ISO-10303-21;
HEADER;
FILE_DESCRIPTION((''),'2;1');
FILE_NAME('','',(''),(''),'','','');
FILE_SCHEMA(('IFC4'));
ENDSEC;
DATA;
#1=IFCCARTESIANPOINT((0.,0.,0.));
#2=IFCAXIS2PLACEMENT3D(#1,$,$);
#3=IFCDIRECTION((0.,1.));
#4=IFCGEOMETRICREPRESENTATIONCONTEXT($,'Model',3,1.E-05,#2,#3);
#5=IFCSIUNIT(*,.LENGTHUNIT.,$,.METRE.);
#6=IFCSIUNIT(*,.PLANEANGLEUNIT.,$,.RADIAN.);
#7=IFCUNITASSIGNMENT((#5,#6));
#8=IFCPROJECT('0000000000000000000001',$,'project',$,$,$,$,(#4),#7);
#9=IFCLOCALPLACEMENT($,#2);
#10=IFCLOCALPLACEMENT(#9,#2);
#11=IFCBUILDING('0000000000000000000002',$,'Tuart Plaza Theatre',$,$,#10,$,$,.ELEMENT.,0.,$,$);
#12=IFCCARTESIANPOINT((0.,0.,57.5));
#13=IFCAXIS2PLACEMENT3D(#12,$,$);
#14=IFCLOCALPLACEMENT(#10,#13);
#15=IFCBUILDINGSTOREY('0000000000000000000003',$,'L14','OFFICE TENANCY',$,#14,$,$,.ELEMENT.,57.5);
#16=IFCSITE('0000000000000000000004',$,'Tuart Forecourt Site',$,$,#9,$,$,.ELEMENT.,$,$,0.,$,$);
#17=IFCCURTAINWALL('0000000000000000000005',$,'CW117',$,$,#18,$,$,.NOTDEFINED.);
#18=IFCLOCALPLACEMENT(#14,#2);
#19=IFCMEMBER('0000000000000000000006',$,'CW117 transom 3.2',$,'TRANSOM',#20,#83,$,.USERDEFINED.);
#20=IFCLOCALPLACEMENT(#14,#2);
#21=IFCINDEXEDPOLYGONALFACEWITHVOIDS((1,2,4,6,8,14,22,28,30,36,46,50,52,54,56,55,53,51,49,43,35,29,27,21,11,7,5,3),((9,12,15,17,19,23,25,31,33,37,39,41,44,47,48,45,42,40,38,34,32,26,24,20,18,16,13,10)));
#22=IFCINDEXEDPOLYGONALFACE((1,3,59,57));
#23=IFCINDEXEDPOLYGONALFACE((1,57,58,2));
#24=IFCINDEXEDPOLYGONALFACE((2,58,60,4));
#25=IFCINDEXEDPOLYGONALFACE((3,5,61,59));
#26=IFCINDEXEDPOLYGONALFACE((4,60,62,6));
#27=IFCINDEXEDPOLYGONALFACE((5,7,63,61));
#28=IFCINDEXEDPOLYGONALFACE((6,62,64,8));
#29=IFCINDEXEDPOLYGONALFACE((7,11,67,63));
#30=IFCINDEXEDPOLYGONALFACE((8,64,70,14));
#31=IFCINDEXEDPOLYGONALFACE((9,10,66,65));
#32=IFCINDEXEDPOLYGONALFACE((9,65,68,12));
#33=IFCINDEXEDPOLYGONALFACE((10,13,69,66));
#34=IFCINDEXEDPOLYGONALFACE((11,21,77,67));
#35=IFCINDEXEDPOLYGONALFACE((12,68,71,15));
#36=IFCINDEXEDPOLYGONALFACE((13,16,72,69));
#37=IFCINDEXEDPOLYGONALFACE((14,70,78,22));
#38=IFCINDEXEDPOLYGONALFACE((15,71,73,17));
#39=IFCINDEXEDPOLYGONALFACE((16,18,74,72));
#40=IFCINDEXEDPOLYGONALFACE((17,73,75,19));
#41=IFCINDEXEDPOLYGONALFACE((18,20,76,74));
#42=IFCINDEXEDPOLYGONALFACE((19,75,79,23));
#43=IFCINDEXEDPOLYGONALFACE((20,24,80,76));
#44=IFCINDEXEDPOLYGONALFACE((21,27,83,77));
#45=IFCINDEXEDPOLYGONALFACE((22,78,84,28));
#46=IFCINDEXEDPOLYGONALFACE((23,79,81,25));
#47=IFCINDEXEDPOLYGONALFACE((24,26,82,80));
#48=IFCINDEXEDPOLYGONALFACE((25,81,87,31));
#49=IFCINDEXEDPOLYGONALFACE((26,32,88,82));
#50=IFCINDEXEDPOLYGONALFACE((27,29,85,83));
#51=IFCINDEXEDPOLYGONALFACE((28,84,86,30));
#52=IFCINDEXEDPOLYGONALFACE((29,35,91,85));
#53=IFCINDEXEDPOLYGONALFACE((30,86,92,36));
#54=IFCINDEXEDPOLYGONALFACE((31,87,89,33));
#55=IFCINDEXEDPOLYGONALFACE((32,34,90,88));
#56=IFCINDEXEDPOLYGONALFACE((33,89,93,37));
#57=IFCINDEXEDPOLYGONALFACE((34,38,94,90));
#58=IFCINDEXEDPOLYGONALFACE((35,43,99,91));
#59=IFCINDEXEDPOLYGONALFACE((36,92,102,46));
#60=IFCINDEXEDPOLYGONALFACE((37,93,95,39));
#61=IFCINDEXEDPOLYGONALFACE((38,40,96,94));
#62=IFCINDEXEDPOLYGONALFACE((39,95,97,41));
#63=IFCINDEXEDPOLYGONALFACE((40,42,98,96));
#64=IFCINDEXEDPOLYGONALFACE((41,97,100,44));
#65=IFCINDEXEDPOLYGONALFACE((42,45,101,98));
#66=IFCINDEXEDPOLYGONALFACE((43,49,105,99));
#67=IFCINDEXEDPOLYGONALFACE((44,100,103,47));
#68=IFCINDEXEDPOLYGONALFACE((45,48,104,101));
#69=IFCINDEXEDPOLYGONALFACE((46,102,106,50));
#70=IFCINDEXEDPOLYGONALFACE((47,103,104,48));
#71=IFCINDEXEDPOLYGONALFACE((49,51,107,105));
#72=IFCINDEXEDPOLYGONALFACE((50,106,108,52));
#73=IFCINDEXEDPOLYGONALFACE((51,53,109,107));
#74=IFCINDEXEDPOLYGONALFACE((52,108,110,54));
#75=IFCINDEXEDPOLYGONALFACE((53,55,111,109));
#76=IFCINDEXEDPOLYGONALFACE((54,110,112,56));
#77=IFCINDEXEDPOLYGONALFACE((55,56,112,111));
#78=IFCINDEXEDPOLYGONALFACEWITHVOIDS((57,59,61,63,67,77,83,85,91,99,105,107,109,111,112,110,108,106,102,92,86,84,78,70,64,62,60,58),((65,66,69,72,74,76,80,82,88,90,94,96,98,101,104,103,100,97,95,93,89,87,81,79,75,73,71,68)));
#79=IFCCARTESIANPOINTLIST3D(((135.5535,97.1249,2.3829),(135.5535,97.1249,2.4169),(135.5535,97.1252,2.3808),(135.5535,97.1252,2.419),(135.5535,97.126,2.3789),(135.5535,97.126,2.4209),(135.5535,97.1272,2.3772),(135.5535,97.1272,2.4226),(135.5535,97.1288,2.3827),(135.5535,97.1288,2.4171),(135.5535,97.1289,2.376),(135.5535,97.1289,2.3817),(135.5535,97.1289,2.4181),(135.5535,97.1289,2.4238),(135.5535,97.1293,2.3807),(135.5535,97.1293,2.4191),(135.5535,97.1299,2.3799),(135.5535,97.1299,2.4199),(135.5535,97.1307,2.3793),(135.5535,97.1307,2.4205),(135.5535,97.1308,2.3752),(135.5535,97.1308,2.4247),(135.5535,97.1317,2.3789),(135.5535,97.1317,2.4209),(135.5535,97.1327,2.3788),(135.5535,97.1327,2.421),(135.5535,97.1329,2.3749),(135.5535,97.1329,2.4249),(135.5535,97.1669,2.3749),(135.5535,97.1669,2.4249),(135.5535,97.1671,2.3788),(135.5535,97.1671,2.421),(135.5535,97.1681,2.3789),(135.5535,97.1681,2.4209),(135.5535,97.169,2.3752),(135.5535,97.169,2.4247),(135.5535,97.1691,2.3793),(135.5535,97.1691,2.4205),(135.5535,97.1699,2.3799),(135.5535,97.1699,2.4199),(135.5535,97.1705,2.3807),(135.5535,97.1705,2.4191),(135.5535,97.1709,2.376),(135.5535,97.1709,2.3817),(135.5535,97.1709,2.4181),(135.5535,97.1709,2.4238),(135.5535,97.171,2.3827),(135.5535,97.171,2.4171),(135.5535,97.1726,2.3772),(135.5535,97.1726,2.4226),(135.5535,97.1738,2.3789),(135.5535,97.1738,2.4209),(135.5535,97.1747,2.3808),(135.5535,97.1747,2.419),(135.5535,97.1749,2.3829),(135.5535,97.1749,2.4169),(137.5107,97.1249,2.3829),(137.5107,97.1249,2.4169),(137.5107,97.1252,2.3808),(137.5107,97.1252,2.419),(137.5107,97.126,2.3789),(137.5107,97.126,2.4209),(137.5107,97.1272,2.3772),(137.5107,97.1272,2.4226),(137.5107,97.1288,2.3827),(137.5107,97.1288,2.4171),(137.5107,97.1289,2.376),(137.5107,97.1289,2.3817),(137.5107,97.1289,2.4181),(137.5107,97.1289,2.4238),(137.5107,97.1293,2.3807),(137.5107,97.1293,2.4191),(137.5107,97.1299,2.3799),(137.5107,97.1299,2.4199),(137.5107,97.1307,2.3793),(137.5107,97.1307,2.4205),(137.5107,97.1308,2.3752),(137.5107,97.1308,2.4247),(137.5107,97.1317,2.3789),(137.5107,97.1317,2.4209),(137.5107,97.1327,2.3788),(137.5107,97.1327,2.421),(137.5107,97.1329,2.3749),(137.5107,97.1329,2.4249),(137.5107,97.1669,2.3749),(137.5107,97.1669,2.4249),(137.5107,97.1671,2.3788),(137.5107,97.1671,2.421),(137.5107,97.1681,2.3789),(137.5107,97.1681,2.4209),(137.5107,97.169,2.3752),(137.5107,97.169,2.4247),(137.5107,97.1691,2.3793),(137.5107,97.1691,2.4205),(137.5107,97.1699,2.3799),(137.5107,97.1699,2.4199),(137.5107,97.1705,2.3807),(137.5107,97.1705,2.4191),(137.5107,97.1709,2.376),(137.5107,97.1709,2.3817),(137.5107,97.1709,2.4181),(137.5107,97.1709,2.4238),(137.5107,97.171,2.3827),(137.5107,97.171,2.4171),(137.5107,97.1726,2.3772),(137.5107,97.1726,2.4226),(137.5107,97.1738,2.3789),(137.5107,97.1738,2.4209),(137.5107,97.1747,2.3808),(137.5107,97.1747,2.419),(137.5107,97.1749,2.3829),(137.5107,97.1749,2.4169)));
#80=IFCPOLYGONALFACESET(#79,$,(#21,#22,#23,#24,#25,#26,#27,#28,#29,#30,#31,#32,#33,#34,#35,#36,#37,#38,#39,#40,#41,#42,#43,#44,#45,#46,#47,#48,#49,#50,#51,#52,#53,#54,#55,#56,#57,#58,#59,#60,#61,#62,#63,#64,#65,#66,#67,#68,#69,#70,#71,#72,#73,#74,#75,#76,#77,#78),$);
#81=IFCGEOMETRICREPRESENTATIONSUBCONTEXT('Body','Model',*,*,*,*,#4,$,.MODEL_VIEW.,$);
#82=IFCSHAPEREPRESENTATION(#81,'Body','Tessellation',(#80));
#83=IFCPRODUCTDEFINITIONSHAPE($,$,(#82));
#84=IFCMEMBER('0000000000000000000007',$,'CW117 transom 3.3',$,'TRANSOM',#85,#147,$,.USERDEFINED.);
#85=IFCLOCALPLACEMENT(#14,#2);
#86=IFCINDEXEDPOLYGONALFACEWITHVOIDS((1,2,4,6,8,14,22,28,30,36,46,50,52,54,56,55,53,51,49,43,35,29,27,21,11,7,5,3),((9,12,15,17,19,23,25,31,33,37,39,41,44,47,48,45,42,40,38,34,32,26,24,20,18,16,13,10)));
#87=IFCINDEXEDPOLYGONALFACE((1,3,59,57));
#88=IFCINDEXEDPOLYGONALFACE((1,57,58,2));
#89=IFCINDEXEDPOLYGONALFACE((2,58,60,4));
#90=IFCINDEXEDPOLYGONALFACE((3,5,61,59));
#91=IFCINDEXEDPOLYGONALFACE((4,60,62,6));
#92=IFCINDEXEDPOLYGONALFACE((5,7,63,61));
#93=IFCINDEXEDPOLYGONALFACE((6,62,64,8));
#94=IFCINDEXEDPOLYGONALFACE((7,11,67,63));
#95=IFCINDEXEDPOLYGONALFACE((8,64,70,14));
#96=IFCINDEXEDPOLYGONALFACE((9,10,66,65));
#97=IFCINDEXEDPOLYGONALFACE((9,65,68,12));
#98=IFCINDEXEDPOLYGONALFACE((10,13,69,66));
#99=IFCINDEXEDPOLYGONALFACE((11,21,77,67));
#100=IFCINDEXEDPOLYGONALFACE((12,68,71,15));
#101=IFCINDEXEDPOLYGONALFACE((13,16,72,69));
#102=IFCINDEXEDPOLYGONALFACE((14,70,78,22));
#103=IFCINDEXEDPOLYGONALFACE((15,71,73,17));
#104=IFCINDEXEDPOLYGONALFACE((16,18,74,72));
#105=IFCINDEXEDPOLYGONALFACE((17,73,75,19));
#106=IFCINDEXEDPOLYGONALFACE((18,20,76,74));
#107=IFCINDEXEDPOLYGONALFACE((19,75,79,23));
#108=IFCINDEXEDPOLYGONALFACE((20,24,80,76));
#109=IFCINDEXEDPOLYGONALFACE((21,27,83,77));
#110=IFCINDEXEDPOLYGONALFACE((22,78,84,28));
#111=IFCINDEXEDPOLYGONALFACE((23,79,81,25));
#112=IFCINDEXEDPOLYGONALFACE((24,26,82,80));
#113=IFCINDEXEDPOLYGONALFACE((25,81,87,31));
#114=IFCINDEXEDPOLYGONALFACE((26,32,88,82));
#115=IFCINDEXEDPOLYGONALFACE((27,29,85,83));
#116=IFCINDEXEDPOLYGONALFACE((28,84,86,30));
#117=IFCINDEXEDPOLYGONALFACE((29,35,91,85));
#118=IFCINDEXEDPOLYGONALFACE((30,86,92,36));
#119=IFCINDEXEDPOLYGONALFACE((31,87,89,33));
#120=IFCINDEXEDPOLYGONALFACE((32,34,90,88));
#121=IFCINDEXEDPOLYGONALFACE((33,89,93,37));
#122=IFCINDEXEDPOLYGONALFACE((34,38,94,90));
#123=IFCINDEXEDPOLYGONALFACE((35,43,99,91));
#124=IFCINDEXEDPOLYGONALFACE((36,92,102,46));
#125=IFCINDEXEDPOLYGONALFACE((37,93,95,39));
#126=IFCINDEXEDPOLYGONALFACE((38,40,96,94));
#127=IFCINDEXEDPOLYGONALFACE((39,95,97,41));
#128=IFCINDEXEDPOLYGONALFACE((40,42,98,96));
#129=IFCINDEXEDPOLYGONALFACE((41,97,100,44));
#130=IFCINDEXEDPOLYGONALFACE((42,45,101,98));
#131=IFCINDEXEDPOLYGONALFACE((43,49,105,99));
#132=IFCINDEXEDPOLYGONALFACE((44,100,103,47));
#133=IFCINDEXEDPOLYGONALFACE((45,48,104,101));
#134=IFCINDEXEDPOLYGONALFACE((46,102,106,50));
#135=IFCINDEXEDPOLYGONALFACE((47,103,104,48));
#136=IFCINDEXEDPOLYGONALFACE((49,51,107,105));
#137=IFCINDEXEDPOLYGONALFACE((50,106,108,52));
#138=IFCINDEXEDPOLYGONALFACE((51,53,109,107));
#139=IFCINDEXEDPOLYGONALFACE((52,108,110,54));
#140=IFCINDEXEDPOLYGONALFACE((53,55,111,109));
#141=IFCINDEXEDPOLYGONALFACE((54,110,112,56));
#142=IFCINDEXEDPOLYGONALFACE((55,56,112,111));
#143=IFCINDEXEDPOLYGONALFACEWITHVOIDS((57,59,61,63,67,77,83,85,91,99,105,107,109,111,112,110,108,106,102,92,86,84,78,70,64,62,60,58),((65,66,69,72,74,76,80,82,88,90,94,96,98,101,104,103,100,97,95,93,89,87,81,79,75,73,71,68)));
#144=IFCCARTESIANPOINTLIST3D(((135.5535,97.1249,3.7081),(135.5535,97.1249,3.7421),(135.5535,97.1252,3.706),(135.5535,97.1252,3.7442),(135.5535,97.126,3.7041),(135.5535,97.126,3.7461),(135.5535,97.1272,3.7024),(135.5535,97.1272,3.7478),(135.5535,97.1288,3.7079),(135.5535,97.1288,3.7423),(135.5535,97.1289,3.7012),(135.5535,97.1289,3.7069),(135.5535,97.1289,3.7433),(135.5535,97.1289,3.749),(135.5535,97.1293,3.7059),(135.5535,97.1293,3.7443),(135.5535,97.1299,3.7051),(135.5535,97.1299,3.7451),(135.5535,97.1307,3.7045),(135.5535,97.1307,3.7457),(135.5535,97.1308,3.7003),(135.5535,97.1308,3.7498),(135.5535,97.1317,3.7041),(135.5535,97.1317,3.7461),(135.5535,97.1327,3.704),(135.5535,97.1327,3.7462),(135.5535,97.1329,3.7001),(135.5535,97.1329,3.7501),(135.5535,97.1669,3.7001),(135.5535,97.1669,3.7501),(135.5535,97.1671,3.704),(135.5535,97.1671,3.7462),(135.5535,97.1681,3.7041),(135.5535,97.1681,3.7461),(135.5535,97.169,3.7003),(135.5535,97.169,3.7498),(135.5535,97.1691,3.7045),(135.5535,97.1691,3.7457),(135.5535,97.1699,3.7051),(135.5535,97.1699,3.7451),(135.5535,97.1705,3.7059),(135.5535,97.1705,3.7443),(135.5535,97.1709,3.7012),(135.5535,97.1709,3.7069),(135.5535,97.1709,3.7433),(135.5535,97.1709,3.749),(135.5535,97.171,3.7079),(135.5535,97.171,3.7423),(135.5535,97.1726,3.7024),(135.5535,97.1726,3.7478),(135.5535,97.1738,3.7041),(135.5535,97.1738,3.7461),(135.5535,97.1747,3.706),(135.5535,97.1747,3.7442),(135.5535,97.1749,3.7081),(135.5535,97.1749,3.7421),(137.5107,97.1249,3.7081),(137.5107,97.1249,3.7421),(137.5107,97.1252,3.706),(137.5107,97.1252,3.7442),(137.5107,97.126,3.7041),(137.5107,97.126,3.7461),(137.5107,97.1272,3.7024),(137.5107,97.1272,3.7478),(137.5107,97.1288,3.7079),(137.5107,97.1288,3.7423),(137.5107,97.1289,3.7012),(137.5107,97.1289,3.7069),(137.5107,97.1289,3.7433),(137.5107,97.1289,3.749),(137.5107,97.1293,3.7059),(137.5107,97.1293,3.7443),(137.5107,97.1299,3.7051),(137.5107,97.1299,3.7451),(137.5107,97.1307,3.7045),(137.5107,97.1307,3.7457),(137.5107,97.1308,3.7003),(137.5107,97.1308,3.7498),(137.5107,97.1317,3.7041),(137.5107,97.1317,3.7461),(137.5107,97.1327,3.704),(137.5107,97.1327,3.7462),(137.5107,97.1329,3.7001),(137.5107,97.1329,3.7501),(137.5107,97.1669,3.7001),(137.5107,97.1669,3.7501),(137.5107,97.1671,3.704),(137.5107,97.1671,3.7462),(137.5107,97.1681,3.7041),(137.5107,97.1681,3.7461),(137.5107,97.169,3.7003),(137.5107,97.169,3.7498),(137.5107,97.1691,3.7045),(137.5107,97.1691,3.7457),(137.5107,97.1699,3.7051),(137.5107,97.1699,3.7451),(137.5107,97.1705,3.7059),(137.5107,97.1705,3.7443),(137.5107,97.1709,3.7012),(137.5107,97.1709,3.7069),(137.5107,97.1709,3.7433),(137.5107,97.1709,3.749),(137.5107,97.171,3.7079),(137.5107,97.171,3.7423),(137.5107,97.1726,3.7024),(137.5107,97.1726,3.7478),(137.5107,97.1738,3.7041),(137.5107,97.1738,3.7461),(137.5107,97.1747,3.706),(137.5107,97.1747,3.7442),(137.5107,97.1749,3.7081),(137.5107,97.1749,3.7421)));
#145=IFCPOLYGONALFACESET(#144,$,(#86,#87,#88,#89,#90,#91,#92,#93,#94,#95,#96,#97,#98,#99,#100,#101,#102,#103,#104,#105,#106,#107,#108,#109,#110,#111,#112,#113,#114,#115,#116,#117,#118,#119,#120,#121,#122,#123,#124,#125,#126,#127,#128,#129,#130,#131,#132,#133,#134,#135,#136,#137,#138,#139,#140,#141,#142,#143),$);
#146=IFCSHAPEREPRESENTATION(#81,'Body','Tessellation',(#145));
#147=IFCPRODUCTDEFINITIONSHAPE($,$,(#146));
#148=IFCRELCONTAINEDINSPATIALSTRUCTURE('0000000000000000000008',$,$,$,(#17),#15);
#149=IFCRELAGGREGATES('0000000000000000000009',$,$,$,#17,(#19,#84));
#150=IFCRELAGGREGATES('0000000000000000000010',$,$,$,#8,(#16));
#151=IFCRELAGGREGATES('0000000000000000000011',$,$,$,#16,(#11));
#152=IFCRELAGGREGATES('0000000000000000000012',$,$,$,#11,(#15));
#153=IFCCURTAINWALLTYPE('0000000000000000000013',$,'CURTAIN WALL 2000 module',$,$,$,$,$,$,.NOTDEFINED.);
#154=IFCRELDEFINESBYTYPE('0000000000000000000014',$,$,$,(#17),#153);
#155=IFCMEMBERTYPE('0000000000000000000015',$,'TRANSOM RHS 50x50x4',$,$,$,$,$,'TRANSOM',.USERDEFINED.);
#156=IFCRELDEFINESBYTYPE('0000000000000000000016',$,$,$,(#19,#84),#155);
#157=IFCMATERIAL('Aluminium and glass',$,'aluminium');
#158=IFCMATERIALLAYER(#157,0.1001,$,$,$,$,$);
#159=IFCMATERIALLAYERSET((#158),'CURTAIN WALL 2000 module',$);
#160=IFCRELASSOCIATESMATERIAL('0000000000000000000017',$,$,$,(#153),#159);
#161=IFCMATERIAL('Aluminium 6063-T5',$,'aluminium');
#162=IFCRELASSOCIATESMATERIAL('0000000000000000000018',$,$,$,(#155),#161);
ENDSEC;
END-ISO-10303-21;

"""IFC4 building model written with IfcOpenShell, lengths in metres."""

from ifc_helpers import new_model, si_unit, direction, frame, origin, origin_2d, place, context, subcontext, project, spatial, hollow_rectangle, extrude, material, layer, layer_set, material_profile, profile_set, type_object, element, aggregate, save


model = new_model("IFC4")

# Units and contexts
model_context = context("Model", 3, precision=1e-05, world=origin(), true_north=direction((0.0, 1.0)))
body_context = subcontext(model_context, "Body", "Model", "MODEL_VIEW")
ifc_project = project(units=[si_unit("LENGTHUNIT", "METRE"), si_unit("PLANEANGLEUNIT", "RADIAN")], contexts=[model_context])

# Site, building, storey
site_placement = place(None, origin())
site = spatial("IfcSite", under=ifc_project, at=site_placement, Name="Tuart Forecourt Site", CompositionType="ELEMENT", RefElevation=0.0)
building_placement = place(site_placement, origin())
building = spatial("IfcBuilding", under=site, at=building_placement, Name="Tuart Plaza Theatre", CompositionType="ELEMENT", ElevationOfRefHeight=0.0)
storey_placement = place(building_placement, frame((0.0, 0.0, 57.5)))
storey = spatial("IfcBuildingStorey", under=building, at=storey_placement, Name="L14", Description="OFFICE TENANCY", CompositionType="ELEMENT", Elevation=57.5)

# Curtain wall, members
ifc_material_1 = material(Name="Aluminium and glass", Category="aluminium")
ifc_layer_1 = layer(ifc_material_1, 0.1001)
ifc_layer_set_1 = layer_set([ifc_layer_1], Name="CURTAIN WALL 2000 module")
curtain_wall_type = type_object("IfcCurtainWallType", Name="CURTAIN WALL 2000 module", PredefinedType="NOTDEFINED", material=ifc_layer_set_1)
curtain_wall_placement = place(storey_placement, origin())
curtain_wall = element("IfcCurtainWall", 1, at=curtain_wall_placement, inside=storey, type_object=curtain_wall_type, Name="CW117", PredefinedType="NOTDEFINED")
ifc_material_2 = material(Name="Aluminium 6063-T5", Category="aluminium")
ifc_material_profile_1 = material_profile(ifc_material_2, hollow_rectangle(XDim=0.05, YDim=0.05, WallThickness=0.0039, InnerFilletRadius=0.0039, OuterFilletRadius=0.0081, at=origin_2d()), Name="RHS 50x50x4")
ifc_profile_set_1 = profile_set([ifc_material_profile_1], Name="Aluminium 6063-T5")
member_type_1 = type_object("IfcMemberType", Name="TRANSOM RHS 50x50x4", ElementType="TRANSOM", PredefinedType="USERDEFINED", material=ifc_profile_set_1)
member_1_placement = place(storey_placement, frame((137.5107, 97.1499, 2.3999), z_axis=(-1.0, 0.0, 0.0), x_axis=(0.0, -1.0, 0.0)))
member_1 = element("IfcMember", 2, at=member_1_placement, type_object=member_type_1, Name="CW117 transom 3.2", ObjectType="TRANSOM", PredefinedType="USERDEFINED", context=body_context, shape_type="SweptSolid", body=[
    extrude(hollow_rectangle(XDim=0.05, YDim=0.05, WallThickness=0.0039, InnerFilletRadius=0.0039, OuterFilletRadius=0.0081, at=origin_2d()), origin(), (0.0, 0.0, 1.0), 1.9573),
])
member_2_placement = place(storey_placement, frame((137.5107, 97.1499, 3.7251), z_axis=(-1.0, 0.0, 0.0), x_axis=(0.0, -1.0, 0.0)))
member_2 = element("IfcMember", 3, at=member_2_placement, type_object=member_type_1, Name="CW117 transom 3.3", ObjectType="TRANSOM", PredefinedType="USERDEFINED", context=body_context, shape_type="SweptSolid", body=[
    extrude(hollow_rectangle(XDim=0.05, YDim=0.05, WallThickness=0.0039, InnerFilletRadius=0.0039, OuterFilletRadius=0.0081, at=origin_2d()), origin(), (0.0, 0.0, 1.0), 1.9573),
])
aggregate(curtain_wall, [member_1, member_2])

save(model, "model.ifc")
